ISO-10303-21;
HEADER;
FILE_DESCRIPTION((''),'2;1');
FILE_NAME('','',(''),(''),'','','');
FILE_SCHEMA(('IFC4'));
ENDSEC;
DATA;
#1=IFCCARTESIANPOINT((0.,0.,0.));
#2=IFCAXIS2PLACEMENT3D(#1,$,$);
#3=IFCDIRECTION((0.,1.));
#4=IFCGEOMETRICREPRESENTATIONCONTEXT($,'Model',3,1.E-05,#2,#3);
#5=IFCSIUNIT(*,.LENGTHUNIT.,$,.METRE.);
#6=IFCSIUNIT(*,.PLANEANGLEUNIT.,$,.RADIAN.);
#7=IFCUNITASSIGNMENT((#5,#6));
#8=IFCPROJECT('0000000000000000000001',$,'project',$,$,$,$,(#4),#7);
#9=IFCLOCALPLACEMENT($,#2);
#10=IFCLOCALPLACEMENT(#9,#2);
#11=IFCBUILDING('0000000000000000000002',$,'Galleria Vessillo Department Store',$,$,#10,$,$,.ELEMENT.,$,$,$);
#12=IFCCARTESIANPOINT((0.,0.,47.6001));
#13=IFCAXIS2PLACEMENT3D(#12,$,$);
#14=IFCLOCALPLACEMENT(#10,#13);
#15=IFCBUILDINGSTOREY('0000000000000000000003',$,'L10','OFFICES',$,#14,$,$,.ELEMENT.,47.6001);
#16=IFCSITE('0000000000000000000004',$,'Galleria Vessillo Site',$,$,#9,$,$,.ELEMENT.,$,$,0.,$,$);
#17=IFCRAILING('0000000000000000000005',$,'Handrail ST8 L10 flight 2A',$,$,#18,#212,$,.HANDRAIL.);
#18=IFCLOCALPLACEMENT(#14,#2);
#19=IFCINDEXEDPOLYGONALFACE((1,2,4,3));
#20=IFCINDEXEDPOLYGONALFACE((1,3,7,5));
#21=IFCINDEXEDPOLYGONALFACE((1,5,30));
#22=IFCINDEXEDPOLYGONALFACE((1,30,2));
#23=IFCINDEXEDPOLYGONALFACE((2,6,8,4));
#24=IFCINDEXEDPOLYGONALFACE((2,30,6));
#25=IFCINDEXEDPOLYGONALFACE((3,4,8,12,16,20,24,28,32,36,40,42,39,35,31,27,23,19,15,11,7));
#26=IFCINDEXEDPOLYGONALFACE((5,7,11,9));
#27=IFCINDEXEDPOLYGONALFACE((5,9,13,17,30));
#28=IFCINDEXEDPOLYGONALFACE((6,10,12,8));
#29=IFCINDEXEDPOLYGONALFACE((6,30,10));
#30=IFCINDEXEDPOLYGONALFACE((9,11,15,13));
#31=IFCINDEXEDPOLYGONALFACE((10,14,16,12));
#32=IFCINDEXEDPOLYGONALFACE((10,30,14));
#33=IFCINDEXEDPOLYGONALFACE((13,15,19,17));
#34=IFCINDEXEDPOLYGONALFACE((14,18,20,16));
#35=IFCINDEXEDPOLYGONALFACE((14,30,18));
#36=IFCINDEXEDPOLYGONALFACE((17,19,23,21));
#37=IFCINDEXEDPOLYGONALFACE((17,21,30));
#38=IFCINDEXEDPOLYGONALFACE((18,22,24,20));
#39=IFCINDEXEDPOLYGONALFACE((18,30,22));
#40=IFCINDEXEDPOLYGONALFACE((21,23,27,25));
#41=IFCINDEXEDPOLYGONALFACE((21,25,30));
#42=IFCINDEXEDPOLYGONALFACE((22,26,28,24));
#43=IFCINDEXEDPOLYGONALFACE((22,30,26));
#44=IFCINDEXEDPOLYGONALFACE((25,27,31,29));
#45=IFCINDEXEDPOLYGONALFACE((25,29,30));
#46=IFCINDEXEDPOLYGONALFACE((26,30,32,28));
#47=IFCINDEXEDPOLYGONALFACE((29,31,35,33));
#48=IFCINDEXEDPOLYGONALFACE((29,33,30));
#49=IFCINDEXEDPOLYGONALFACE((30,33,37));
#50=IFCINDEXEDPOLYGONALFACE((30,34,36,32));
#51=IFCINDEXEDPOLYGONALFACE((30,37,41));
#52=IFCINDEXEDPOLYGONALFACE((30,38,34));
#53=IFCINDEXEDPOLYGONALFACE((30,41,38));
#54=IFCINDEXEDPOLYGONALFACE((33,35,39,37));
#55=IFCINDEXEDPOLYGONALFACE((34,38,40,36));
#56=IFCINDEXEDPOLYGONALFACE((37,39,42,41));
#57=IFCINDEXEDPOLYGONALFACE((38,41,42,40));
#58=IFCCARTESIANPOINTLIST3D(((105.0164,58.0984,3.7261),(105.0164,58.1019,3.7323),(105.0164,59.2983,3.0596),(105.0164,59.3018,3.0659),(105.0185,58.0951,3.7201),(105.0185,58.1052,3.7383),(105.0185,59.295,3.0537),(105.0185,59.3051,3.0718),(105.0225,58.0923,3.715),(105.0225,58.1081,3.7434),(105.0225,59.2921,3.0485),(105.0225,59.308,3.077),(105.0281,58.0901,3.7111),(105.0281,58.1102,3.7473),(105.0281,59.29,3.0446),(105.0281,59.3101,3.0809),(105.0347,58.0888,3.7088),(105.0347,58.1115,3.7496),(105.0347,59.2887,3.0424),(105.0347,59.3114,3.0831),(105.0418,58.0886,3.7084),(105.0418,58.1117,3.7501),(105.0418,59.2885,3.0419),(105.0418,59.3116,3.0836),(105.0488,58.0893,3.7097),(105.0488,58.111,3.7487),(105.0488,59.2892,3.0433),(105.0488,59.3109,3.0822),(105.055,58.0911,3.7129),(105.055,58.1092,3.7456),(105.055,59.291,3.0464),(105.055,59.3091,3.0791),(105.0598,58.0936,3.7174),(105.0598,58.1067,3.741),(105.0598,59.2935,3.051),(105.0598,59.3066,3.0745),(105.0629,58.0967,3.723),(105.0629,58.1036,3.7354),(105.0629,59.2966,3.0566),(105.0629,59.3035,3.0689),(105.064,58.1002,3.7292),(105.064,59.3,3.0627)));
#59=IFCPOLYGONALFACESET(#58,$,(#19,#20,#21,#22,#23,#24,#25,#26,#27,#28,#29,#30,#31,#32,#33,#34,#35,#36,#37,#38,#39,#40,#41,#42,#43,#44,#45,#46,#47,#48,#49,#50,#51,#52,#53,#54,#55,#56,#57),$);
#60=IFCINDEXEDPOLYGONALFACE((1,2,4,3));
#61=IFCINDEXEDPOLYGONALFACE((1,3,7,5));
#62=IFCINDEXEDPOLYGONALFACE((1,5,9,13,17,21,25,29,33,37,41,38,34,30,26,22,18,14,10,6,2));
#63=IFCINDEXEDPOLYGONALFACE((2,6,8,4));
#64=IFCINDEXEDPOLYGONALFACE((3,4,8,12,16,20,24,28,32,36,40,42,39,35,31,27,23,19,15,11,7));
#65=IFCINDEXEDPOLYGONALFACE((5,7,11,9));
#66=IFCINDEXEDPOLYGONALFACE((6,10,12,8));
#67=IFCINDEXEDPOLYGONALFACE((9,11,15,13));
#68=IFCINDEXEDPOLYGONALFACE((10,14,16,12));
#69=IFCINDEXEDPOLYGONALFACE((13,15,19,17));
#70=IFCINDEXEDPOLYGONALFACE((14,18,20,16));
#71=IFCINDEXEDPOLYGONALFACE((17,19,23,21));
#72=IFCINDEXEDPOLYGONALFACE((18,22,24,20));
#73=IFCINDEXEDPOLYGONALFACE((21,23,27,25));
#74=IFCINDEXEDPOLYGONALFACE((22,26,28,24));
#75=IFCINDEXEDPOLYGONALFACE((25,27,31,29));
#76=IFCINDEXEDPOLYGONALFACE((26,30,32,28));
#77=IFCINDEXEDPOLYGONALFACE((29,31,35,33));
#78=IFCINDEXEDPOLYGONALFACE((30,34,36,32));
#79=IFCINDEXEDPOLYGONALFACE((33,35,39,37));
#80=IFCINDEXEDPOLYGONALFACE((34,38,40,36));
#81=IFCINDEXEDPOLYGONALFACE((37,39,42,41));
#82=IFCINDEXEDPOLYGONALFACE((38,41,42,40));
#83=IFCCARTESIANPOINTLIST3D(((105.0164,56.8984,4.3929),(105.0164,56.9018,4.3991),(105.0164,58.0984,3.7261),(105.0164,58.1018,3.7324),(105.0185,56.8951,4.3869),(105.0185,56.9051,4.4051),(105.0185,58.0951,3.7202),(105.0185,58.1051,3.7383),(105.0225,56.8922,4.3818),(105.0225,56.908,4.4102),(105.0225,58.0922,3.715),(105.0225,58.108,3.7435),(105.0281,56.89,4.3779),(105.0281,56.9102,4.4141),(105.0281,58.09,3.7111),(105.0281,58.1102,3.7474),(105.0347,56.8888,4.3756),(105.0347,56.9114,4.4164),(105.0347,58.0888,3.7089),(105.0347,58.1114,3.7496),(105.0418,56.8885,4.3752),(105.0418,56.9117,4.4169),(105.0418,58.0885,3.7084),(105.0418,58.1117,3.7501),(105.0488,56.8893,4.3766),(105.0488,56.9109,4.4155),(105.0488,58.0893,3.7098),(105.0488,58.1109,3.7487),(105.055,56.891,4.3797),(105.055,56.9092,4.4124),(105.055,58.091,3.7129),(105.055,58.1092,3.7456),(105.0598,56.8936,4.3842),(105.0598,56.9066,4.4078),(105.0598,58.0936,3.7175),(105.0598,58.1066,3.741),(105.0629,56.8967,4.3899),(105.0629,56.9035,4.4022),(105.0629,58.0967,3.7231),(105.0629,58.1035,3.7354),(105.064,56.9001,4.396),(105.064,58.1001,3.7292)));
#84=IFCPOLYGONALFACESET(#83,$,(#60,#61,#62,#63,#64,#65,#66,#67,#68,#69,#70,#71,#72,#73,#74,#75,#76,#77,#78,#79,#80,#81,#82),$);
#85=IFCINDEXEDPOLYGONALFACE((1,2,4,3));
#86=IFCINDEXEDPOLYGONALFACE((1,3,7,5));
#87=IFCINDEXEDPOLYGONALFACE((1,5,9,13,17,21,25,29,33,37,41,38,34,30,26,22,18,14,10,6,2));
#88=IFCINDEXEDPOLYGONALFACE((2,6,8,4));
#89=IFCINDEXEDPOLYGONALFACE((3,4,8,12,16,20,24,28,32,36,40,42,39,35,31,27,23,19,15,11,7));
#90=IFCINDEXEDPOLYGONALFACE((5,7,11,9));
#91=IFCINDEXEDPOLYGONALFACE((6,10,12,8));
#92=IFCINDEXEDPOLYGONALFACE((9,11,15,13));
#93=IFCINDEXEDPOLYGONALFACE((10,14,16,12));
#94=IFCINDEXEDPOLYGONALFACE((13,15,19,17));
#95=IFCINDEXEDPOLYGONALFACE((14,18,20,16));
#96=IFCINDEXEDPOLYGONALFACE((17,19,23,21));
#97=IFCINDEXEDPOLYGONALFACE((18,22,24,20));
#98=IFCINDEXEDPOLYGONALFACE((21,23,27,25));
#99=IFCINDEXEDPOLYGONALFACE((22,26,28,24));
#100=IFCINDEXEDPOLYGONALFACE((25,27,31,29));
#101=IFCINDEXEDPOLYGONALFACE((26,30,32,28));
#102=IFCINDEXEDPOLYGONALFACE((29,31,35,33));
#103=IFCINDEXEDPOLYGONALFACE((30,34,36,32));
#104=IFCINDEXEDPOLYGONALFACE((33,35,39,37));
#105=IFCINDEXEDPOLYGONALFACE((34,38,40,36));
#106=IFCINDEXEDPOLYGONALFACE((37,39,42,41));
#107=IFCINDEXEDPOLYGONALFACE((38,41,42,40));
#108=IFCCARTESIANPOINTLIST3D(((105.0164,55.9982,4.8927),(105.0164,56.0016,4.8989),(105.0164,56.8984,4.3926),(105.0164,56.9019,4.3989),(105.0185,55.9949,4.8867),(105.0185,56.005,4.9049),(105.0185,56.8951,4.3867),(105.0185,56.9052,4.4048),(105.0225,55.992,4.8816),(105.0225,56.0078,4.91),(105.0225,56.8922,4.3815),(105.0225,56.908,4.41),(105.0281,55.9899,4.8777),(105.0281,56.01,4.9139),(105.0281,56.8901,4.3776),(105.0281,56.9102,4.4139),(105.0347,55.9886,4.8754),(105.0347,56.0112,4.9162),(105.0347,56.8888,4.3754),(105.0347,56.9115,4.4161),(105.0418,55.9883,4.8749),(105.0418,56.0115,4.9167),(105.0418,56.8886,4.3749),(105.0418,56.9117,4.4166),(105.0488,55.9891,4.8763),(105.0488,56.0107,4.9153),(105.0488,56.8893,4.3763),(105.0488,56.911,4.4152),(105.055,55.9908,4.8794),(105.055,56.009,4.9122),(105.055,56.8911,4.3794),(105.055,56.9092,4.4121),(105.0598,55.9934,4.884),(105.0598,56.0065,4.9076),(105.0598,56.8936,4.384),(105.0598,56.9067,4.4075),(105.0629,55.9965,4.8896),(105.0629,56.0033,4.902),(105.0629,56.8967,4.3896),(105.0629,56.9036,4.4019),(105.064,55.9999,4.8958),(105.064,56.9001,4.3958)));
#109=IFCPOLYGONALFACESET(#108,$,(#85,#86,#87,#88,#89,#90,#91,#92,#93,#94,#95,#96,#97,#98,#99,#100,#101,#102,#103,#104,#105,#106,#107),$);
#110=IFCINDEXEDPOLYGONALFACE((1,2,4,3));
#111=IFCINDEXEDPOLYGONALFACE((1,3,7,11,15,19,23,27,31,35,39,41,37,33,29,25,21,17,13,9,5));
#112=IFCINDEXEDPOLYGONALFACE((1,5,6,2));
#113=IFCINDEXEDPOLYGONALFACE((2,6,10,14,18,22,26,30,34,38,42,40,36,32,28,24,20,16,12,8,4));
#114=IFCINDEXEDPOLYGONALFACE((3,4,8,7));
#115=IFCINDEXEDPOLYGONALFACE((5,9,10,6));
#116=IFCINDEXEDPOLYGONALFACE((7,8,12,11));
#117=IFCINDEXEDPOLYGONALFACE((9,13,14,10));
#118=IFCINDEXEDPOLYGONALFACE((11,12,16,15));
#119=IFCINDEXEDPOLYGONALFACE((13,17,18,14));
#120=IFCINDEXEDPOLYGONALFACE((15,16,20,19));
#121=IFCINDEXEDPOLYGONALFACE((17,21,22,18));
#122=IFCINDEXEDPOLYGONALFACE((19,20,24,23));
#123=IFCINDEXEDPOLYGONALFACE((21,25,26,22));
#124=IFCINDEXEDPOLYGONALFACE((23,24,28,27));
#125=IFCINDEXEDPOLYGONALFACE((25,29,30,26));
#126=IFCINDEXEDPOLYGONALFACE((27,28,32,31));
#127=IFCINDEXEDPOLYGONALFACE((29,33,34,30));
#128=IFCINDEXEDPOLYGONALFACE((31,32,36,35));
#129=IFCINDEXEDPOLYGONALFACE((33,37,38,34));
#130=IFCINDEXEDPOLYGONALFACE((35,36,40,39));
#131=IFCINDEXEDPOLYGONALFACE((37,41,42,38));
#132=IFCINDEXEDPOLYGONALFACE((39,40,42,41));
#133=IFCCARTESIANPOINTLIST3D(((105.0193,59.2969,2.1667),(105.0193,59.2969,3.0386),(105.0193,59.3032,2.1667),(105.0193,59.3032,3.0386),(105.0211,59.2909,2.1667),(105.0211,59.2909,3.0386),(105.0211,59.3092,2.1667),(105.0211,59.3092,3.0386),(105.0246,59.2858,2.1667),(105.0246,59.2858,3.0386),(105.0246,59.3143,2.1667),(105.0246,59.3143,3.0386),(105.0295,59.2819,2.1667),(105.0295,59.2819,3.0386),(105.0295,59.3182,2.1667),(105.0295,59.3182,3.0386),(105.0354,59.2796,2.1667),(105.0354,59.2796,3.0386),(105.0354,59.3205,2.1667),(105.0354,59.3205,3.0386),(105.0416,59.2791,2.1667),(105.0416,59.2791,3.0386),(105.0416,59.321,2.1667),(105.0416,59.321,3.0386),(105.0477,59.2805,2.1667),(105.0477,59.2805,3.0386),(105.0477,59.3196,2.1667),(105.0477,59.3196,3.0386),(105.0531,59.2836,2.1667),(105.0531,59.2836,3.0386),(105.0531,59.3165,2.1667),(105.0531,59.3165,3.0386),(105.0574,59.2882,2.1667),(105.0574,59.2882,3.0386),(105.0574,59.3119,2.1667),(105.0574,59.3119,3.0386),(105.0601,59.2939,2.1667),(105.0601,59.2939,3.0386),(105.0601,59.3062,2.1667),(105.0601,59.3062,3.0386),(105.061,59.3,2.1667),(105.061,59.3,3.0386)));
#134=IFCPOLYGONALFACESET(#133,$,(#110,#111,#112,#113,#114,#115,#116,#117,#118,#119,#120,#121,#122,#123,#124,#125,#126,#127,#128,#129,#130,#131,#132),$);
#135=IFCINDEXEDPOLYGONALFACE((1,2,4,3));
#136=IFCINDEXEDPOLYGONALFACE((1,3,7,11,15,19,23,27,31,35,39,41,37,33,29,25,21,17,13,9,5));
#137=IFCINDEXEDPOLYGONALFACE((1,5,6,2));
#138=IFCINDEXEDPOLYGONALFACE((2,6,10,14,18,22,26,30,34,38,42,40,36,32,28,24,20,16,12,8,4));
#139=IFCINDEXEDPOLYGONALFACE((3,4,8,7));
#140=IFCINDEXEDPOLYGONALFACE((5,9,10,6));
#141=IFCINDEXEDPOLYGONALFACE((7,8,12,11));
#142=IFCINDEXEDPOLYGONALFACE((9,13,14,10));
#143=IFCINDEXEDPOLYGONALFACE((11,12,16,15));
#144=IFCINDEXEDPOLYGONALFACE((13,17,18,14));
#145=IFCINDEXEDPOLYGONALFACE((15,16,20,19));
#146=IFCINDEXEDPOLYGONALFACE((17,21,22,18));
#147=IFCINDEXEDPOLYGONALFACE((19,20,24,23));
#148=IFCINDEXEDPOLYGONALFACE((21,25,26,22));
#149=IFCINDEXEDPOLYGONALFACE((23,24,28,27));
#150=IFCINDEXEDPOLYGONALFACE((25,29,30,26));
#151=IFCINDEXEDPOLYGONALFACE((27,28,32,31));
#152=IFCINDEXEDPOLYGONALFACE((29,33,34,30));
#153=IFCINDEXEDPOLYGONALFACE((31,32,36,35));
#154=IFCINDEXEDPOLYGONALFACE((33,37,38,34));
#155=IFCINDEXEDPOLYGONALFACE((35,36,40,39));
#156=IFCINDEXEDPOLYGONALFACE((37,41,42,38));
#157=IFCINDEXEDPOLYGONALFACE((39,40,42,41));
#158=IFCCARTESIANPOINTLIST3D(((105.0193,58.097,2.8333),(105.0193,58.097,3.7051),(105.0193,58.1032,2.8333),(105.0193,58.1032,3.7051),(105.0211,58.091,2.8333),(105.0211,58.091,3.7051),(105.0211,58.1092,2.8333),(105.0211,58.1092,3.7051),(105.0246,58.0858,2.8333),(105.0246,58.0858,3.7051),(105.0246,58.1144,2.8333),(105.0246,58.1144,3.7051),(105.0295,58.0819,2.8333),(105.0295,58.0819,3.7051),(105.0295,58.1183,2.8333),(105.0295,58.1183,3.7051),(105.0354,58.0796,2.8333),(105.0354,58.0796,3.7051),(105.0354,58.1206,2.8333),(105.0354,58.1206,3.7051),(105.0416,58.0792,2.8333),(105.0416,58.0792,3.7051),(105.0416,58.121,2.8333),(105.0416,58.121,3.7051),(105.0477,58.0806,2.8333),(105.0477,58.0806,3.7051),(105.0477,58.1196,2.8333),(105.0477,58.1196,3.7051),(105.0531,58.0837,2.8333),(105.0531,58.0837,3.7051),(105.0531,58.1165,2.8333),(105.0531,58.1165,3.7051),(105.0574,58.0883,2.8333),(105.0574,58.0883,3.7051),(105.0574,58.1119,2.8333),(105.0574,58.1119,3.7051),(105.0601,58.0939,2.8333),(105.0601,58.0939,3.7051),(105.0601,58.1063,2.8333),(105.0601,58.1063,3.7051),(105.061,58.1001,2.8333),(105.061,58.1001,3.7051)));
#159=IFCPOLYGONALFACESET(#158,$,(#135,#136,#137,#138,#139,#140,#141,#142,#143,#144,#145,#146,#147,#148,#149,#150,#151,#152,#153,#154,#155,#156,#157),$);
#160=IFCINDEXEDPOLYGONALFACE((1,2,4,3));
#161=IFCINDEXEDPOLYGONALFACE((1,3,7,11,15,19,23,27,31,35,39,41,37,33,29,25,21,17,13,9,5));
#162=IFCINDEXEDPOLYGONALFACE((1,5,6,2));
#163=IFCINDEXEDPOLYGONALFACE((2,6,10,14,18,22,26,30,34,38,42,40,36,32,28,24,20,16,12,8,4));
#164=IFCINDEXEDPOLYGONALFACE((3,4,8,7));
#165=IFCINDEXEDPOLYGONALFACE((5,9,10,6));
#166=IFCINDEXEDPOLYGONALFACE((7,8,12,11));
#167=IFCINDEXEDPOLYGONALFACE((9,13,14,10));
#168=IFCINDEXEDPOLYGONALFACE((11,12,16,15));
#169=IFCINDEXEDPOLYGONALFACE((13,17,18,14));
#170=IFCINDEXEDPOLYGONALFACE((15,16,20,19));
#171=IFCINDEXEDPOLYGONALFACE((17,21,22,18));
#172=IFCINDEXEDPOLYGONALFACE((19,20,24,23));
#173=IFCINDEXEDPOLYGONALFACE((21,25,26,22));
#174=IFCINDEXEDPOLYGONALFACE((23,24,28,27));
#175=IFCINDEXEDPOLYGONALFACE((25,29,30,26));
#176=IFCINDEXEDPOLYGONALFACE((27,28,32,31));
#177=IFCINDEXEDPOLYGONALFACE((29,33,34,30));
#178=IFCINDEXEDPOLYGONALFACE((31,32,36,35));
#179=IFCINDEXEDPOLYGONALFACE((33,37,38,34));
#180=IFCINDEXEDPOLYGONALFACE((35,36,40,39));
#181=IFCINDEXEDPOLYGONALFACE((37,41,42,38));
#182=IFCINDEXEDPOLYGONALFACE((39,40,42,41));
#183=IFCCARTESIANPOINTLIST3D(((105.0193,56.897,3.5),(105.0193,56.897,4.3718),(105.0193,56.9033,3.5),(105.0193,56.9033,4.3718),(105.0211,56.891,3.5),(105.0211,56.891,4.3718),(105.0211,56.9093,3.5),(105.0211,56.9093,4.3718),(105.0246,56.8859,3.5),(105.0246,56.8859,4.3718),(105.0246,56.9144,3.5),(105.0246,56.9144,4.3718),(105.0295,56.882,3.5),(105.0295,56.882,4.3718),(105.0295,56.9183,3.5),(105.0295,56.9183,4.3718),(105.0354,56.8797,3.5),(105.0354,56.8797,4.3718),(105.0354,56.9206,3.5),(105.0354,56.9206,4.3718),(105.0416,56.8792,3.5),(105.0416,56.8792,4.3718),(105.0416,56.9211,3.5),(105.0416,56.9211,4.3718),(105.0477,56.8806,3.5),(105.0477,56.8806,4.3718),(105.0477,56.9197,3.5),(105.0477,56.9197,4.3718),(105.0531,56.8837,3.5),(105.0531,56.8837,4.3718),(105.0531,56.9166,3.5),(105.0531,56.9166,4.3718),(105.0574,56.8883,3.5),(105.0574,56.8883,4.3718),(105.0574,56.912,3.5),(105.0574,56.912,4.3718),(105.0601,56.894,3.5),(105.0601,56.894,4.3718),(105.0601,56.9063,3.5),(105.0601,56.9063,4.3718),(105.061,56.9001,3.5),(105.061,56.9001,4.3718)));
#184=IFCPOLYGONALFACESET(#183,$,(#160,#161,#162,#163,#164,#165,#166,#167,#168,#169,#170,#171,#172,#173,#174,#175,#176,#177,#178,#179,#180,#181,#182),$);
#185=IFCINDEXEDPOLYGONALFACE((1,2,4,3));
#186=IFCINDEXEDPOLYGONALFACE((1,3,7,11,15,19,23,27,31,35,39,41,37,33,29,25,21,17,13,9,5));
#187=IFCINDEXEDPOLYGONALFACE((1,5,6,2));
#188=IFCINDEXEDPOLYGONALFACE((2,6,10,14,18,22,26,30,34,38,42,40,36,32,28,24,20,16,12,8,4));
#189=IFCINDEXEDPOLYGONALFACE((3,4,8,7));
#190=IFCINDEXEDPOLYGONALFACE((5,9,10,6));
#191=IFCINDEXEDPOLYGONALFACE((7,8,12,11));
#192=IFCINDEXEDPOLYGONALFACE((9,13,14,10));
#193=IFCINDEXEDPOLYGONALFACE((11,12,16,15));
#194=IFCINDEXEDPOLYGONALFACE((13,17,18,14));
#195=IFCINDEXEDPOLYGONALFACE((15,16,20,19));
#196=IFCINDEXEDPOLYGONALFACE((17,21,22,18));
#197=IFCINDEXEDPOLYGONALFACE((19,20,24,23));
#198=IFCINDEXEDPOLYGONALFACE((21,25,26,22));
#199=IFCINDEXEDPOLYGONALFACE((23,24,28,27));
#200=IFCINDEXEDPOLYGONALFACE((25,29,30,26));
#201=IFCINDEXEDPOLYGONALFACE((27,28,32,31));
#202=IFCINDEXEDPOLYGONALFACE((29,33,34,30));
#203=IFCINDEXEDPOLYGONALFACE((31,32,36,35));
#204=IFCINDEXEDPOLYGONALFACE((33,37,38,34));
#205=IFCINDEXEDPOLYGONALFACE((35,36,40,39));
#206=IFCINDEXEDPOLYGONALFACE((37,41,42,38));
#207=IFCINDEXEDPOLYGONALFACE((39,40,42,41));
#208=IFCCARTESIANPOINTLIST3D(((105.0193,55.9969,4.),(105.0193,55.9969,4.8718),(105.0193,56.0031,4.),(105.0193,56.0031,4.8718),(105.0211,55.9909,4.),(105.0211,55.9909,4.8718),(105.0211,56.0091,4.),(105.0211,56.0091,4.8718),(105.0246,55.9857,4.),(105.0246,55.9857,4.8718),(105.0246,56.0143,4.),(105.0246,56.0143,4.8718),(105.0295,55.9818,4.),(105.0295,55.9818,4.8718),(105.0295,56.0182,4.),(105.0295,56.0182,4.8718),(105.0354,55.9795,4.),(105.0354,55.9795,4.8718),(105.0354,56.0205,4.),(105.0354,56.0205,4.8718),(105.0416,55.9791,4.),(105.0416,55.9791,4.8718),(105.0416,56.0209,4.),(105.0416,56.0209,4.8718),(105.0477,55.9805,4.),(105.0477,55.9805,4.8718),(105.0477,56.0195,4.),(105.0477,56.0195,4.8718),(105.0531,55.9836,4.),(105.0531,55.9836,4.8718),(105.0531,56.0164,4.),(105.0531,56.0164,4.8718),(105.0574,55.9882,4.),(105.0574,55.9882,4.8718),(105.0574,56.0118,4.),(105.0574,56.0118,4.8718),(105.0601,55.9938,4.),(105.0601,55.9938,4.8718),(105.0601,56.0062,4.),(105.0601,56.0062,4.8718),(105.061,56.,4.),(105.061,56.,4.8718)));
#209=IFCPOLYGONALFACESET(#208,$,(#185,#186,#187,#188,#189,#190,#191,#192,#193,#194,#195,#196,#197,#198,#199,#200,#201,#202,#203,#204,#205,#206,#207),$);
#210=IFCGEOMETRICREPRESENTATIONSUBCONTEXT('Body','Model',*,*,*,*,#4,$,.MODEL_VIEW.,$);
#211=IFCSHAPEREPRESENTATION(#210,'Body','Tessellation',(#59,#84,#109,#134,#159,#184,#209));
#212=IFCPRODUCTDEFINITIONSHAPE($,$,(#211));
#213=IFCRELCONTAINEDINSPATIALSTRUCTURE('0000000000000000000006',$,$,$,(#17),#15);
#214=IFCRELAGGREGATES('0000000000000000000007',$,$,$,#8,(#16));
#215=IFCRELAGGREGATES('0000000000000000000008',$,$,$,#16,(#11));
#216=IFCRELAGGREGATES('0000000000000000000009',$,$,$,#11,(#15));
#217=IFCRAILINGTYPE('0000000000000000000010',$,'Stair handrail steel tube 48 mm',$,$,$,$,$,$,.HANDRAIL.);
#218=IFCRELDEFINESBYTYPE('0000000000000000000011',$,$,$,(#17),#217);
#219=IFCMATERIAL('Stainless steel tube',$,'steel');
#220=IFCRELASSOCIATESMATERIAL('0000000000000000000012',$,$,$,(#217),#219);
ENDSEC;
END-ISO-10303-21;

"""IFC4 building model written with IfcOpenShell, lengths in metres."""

from ifc_helpers import new_model, si_unit, direction, frame, origin, origin_2d, place, context, subcontext, project, spatial, circle, extrude, material, type_object, element, save


model = new_model("IFC4")

# Units and contexts
model_context = context("Model", 3, precision=1e-05, world=origin(), true_north=direction((0.0, 1.0)))
body_context = subcontext(model_context, "Body", "Model", "MODEL_VIEW")
ifc_project = project(units=[si_unit("LENGTHUNIT", "METRE"), si_unit("PLANEANGLEUNIT", "RADIAN")], contexts=[model_context])

# Site, building, storey
site_placement = place(None, origin())
site = spatial("IfcSite", under=ifc_project, at=site_placement, Name="Galleria Vessillo Site", CompositionType="ELEMENT", RefElevation=0.0)
building_placement = place(site_placement, origin())
building = spatial("IfcBuilding", under=site, at=building_placement, Name="Galleria Vessillo Department Store", CompositionType="ELEMENT")
storey_placement = place(building_placement, frame((0.0, 0.0, 47.6001)))
storey = spatial("IfcBuildingStorey", under=building, at=storey_placement, Name="L10", Description="OFFICES", CompositionType="ELEMENT", Elevation=47.6001)

# Railing
ifc_material_1 = material(Name="Stainless steel tube", Category="steel")
railing_type = type_object("IfcRailingType", Name="Stair handrail steel tube 48 mm", PredefinedType="HANDRAIL", material=ifc_material_1)
railing_1_placement = place(storey_placement, frame((105.04, 59.3, 2.1667)))
element("IfcRailing", 1, at=railing_1_placement, inside=storey, type_object=railing_type, Name="Handrail ST8 L10 flight 2A", PredefinedType="HANDRAIL", context=body_context, shape_type="SweptSolid", body=[
    extrude(circle(Radius=0.0239, at=origin_2d()), frame((0.0, 0.0, 0.896), z_axis=(0.0, -0.874199, 0.485567), x_axis=(1.0, 0.0, 0.0)), (0.0, 0.0, 1.0), 1.3726),
    extrude(circle(Radius=0.0239, at=origin_2d()), frame((0.0, -1.2, 1.5625), z_axis=(0.0, -0.874124, 0.485703), x_axis=(1.0, 0.0, 0.0)), (0.0, 0.0, 1.0), 1.3728),
    extrude(circle(Radius=0.0239, at=origin_2d()), frame((0.0, -2.3999, 2.229), z_axis=(0.0, -0.874191, 0.485583), x_axis=(1.0, 0.0, 0.0)), (0.0, 0.0, 1.0), 1.0298),
    extrude(circle(Radius=0.021, at=origin_2d()), origin(), (0.0, 0.0, 1.0), 0.8718),
    extrude(circle(Radius=0.021, at=origin_2d()), frame((0.0, -1.2, 0.6665)), (0.0, 0.0, 1.0), 0.8718),
    extrude(circle(Radius=0.021, at=origin_2d()), frame((0.0, -2.3999, 1.3333)), (0.0, 0.0, 1.0), 0.8718),
    extrude(circle(Radius=0.021, at=origin_2d()), frame((0.0, -3.3, 1.8333)), (0.0, 0.0, 1.0), 0.8718),
])

save(model, "model.ifc")
